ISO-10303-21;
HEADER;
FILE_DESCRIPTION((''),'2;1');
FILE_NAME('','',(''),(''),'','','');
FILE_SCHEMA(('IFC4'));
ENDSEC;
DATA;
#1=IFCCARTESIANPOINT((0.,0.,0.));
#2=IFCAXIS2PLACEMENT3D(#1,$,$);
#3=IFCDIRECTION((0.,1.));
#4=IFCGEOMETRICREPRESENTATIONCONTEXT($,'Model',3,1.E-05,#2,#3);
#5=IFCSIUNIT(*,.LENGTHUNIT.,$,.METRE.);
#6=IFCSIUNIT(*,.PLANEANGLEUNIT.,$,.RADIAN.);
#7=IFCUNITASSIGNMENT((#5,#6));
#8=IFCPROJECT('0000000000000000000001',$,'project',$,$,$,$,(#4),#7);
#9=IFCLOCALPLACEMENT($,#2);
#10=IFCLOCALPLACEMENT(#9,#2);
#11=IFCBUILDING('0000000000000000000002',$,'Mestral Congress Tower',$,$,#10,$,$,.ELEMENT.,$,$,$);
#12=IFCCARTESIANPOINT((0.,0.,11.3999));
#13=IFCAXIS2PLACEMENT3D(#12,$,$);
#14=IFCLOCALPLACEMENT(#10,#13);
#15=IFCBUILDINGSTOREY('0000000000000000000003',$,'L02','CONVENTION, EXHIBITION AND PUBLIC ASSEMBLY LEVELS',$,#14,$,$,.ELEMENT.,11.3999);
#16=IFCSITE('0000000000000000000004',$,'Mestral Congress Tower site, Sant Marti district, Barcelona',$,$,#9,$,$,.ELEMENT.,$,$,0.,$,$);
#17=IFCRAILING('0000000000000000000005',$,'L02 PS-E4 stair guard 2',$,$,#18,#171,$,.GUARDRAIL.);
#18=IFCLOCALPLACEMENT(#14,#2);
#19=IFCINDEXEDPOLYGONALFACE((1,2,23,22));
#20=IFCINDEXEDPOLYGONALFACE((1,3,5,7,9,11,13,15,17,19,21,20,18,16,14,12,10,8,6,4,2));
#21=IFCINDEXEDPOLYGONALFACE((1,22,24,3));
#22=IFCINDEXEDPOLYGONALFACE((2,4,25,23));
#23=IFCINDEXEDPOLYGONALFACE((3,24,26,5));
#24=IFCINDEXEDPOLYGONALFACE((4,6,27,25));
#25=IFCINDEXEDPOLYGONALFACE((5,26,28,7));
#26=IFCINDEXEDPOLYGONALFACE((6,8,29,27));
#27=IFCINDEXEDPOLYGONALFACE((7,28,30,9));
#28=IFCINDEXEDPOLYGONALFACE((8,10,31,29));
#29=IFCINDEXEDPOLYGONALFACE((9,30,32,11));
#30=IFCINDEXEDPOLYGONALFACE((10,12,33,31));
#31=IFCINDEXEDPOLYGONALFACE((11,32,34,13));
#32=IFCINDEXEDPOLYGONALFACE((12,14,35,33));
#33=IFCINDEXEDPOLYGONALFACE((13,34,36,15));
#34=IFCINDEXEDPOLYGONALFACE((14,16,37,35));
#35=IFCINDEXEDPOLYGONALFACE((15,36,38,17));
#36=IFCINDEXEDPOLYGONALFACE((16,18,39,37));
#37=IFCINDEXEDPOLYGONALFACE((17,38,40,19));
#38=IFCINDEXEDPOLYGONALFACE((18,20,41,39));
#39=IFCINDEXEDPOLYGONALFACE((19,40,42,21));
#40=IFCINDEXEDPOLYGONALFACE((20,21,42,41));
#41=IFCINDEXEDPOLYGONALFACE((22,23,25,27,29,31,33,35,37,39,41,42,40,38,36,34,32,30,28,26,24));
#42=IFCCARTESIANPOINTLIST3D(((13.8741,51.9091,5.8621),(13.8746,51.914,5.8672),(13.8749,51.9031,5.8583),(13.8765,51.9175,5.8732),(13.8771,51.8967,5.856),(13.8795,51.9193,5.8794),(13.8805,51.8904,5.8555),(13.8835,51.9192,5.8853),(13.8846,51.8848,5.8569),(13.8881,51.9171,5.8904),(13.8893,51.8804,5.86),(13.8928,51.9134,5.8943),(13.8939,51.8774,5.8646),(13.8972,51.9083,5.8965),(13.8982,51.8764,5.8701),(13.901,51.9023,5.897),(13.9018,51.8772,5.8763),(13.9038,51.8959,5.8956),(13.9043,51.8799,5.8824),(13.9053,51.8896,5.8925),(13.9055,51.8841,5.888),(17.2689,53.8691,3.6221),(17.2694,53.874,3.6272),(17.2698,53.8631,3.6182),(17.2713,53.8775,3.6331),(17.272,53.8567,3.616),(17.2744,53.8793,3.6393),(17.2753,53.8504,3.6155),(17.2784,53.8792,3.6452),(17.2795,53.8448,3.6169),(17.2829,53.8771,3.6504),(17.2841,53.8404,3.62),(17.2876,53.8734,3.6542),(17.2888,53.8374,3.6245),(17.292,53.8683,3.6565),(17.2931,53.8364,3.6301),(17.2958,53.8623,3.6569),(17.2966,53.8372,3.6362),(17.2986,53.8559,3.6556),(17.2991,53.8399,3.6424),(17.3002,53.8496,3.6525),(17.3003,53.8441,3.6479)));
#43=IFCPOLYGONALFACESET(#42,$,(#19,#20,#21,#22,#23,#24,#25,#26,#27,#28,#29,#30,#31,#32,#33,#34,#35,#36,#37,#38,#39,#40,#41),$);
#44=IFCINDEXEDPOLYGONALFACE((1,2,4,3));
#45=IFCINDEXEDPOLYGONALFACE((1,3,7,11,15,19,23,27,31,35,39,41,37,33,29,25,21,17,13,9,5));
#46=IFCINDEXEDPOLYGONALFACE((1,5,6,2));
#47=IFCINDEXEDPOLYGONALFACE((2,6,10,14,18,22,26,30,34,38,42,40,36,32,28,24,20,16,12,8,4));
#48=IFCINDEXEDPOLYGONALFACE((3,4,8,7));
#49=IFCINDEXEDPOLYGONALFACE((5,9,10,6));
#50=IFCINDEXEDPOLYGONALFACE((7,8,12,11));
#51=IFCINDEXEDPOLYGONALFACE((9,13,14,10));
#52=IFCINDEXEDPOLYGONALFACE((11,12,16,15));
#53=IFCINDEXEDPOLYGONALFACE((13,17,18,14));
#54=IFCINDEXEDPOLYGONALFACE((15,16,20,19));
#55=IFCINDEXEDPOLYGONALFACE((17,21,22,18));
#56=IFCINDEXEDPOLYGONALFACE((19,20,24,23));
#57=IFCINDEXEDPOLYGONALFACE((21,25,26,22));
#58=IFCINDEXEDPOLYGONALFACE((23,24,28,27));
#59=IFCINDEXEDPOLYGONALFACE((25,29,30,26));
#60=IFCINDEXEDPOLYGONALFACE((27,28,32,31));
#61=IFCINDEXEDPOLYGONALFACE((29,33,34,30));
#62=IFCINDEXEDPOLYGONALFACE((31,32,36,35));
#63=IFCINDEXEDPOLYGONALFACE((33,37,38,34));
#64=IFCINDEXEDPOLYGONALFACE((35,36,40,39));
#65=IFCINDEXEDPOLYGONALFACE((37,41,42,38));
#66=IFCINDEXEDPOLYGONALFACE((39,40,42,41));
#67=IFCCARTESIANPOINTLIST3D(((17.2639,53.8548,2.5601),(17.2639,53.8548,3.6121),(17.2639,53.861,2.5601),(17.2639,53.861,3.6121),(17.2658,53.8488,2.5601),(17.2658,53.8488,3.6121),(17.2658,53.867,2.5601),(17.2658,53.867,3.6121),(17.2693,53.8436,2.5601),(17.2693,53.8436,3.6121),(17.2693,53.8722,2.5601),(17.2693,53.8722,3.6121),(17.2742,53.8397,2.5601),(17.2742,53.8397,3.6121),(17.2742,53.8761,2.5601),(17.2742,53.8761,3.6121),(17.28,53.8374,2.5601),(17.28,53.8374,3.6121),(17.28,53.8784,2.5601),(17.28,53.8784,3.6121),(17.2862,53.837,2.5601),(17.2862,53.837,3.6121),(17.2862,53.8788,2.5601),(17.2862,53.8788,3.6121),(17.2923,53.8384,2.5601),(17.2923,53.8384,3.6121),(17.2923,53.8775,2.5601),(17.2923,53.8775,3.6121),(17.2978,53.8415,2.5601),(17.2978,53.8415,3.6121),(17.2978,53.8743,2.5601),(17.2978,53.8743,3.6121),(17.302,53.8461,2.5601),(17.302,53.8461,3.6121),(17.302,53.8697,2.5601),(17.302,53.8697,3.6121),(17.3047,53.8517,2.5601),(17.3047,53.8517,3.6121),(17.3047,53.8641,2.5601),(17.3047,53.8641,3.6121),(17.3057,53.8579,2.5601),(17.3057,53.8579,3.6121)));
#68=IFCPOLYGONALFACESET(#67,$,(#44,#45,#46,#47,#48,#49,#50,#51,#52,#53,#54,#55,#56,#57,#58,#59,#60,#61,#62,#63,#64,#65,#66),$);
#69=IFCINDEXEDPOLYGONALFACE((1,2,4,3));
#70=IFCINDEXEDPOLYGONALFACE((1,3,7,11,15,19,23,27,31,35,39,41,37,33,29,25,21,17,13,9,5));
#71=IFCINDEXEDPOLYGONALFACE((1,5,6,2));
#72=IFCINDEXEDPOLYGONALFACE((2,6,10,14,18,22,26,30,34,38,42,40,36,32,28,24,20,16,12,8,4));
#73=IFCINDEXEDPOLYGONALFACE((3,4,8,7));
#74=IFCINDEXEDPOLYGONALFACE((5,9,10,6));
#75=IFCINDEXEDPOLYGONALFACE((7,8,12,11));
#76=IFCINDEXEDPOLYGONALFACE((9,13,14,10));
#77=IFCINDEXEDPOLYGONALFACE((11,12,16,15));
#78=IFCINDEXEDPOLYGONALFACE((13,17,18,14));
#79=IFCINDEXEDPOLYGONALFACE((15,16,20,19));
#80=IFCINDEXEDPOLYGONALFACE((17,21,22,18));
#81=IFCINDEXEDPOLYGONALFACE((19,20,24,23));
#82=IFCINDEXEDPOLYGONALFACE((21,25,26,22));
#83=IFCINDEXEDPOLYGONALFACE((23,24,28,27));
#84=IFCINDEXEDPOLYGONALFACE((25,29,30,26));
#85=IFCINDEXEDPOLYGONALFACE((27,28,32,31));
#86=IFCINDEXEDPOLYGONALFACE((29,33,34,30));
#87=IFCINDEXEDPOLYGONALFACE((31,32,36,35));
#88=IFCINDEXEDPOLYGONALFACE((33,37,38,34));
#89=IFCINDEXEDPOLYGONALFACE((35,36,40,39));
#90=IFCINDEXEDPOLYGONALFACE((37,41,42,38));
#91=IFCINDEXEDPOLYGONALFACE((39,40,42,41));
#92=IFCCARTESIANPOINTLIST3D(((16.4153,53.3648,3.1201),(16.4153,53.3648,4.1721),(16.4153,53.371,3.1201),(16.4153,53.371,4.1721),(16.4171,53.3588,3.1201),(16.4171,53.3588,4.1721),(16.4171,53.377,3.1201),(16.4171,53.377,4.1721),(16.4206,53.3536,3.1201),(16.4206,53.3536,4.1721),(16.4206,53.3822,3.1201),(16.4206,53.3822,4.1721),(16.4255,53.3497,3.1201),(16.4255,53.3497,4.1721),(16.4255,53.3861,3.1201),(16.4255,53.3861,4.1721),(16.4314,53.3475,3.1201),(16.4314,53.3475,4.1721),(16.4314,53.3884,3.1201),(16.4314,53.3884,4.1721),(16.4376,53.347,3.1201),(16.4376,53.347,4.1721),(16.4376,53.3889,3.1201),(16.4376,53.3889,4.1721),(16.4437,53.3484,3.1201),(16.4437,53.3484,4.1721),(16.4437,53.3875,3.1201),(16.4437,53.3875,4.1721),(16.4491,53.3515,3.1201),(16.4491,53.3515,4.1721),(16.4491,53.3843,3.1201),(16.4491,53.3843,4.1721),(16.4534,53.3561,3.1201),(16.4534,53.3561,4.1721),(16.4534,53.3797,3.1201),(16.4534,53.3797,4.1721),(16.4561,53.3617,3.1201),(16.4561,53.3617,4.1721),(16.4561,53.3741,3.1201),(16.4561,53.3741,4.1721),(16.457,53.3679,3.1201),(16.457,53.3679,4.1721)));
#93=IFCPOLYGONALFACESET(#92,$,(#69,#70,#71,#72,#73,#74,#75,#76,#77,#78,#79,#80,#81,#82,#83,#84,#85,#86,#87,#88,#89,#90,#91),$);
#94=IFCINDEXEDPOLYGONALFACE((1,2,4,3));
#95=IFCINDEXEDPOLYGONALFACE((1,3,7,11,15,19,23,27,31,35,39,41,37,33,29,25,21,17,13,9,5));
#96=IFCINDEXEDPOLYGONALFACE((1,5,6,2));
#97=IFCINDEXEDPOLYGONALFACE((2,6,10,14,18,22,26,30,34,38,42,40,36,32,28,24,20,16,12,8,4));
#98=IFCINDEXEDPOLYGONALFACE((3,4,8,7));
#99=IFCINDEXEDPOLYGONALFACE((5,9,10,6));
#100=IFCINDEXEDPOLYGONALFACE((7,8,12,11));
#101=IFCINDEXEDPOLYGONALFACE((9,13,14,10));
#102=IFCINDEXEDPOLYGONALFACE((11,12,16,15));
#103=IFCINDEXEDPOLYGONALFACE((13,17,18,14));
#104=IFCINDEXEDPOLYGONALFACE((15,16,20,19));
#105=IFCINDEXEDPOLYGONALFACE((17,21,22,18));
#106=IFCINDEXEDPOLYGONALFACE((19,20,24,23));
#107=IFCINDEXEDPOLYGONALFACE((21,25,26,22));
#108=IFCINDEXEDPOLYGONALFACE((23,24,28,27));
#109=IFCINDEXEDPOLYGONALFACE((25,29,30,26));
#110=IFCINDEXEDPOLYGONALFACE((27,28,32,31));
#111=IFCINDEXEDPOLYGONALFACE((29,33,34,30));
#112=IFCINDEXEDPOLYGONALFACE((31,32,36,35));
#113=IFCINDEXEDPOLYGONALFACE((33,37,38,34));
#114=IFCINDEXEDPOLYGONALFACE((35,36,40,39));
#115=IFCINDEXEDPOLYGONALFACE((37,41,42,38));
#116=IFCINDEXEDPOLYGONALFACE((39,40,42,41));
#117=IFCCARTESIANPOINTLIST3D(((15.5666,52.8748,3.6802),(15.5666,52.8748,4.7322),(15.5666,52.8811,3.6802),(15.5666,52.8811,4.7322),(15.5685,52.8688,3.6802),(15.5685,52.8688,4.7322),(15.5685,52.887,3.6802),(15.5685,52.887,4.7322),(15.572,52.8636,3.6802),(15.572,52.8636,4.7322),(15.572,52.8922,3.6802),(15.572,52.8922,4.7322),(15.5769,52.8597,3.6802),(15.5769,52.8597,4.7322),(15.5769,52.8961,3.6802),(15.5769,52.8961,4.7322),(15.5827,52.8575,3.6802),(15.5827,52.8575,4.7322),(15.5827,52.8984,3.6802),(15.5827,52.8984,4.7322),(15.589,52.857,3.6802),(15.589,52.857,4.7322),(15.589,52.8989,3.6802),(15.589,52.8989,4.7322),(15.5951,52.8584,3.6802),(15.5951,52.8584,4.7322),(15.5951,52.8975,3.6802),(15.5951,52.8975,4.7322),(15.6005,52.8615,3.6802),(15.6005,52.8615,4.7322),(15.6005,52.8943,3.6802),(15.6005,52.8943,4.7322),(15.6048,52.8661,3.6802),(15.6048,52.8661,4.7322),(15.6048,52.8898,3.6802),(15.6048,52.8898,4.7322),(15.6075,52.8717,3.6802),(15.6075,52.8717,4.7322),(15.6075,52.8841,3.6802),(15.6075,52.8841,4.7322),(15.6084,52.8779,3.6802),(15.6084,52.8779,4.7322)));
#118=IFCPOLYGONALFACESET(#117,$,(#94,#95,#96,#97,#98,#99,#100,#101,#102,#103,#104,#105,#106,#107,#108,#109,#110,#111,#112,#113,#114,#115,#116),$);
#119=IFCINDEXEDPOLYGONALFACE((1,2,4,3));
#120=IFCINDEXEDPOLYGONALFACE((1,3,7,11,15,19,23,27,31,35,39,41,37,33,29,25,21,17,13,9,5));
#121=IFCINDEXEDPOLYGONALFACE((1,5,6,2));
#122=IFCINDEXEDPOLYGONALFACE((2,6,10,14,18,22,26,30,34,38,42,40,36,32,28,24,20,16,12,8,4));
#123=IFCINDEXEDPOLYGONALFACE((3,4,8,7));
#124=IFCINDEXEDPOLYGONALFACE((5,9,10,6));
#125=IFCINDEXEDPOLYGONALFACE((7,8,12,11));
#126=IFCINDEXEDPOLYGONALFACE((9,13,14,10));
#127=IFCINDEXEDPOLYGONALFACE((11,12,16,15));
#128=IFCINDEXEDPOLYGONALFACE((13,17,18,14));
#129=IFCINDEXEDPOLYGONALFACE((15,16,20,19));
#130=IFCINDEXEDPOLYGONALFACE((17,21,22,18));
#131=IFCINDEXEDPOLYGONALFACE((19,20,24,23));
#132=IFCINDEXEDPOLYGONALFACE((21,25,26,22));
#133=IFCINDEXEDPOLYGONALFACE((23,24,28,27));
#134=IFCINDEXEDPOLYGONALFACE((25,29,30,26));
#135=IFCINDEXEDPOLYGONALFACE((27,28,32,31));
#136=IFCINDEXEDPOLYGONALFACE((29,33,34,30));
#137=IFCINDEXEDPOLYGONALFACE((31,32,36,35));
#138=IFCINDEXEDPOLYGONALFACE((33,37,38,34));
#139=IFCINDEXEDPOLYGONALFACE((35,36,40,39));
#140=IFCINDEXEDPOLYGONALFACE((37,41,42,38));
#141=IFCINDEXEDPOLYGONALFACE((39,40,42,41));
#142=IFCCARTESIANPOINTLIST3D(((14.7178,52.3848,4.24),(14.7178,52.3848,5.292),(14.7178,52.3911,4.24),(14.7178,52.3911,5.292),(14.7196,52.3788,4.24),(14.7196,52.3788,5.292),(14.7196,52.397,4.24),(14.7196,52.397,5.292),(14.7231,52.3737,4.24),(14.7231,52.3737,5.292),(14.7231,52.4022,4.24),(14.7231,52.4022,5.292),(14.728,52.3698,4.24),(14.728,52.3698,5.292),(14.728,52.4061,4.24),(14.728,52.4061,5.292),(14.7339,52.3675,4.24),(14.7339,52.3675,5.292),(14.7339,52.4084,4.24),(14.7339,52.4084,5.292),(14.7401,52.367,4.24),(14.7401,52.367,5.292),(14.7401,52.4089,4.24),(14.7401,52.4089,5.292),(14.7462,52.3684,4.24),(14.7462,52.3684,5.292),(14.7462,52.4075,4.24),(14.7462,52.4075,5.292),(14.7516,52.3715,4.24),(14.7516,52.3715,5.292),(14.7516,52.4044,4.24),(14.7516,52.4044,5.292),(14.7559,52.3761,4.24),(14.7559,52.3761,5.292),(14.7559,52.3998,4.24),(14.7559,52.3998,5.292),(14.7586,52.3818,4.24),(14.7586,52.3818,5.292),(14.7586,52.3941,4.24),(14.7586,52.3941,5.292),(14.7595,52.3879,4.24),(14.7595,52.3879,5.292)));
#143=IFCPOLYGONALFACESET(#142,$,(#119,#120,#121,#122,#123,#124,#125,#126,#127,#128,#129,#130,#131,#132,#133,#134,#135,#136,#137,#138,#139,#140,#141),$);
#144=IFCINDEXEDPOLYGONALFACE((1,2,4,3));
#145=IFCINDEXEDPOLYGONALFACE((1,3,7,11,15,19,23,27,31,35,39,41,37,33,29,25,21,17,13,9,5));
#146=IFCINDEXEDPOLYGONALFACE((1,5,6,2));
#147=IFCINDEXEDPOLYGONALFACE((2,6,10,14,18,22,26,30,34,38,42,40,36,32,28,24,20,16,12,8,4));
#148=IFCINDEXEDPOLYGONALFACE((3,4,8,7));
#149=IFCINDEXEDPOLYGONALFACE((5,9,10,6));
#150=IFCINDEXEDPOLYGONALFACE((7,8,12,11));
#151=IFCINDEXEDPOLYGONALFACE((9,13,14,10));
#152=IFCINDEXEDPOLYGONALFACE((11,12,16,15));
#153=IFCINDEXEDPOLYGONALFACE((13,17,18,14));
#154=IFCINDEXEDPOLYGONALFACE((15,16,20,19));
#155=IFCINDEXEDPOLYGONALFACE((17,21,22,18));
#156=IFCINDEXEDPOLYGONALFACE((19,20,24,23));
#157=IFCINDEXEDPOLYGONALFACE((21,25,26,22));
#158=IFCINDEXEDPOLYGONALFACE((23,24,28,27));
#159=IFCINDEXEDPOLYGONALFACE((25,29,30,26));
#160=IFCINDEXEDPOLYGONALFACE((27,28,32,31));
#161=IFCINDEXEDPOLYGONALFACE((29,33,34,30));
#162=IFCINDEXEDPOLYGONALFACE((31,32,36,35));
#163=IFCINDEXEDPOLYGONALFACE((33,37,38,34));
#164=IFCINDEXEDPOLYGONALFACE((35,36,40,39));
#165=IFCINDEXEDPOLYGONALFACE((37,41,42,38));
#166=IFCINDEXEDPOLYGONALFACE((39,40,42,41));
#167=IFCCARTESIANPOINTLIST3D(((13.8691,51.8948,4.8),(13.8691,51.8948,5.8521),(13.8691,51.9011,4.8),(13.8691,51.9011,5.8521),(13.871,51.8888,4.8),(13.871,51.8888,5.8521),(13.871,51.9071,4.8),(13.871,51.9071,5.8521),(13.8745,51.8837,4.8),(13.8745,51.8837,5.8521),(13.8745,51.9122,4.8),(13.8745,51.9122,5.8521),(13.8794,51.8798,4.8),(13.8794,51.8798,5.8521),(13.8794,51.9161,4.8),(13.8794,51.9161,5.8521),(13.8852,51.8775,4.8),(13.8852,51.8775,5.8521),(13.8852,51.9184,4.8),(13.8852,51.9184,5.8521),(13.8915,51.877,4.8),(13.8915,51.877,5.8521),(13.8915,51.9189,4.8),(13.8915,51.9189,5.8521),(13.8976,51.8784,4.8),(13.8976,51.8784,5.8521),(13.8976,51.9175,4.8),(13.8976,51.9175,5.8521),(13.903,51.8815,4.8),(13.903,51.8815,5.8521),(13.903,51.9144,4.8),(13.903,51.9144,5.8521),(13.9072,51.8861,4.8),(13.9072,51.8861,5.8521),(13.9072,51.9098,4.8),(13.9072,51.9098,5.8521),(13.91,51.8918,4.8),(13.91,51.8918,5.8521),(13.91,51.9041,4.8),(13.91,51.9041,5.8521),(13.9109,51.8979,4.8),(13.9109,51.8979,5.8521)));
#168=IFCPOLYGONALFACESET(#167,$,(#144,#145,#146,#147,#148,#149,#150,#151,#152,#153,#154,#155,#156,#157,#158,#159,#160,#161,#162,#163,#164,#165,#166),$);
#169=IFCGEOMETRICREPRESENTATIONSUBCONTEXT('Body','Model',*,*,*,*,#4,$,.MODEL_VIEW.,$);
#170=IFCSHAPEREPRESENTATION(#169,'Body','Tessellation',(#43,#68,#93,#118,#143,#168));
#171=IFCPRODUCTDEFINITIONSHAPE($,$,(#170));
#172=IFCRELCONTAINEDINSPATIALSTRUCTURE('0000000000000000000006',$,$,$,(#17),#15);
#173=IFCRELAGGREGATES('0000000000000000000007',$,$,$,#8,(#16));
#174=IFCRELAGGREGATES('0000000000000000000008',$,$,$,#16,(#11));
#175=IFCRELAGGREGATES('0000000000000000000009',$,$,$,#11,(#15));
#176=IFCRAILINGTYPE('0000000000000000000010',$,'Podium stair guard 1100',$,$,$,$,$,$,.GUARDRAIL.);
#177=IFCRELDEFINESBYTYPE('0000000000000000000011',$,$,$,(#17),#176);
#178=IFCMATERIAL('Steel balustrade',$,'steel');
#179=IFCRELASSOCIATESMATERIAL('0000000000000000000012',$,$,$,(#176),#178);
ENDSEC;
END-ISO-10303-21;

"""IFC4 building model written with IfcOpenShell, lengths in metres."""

from ifc_helpers import new_model, si_unit, direction, frame, origin, origin_2d, place, context, subcontext, project, spatial, circle, extrude, material, type_object, element, save


model = new_model("IFC4")

# Units and contexts
model_context = context("Model", 3, precision=1e-05, world=origin(), true_north=direction((0.0, 1.0)))
body_context = subcontext(model_context, "Body", "Model", "MODEL_VIEW")
ifc_project = project(units=[si_unit("LENGTHUNIT", "METRE"), si_unit("PLANEANGLEUNIT", "RADIAN")], contexts=[model_context])

# Site, building, storey
site_placement = place(None, origin())
site = spatial("IfcSite", under=ifc_project, at=site_placement, Name="Mestral Congress Tower site, Sant Marti district, Barcelona", CompositionType="ELEMENT", RefElevation=0.0)
building_placement = place(site_placement, origin())
building = spatial("IfcBuilding", under=site, at=building_placement, Name="Mestral Congress Tower", CompositionType="ELEMENT")
storey_placement = place(building_placement, frame((0.0, 0.0, 11.3999)))
storey = spatial("IfcBuildingStorey", under=building, at=storey_placement, Name="L02", Description="CONVENTION, EXHIBITION AND PUBLIC ASSEMBLY LEVELS", CompositionType="ELEMENT", Elevation=11.3999)

# Railing
ifc_material_1 = material(Name="Steel balustrade", Category="steel")
railing_type_1 = type_object("IfcRailingType", Name="Podium stair guard 1100", PredefinedType="GUARDRAIL", material=ifc_material_1)
railing_1_placement = place(storey_placement, frame((17.2847, 53.8579, 2.5601)))
element("IfcRailing", 1, at=railing_1_placement, inside=storey, type_object=railing_type_1, Name="L02 PS-E4 stair guard 2", PredefinedType="GUARDRAIL", context=body_context, shape_type="SweptSolid", body=[
    extrude(circle(Radius=0.0239, at=origin_2d()), frame((0.0, 0.0, 1.0762), z_axis=(-0.75192, -0.434118, 0.496143), x_axis=(0.499997, -0.866027, 0.0)), (0.0, 0.0, 1.0), 4.5149),
    extrude(circle(Radius=0.021, at=origin_2d()), origin(), (0.0, 0.0, 1.0), 1.052),
    extrude(circle(Radius=0.021, at=origin_2d()), frame((-0.8486, -0.49, 0.5601)), (0.0, 0.0, 1.0), 1.052),
    extrude(circle(Radius=0.021, at=origin_2d()), frame((-1.6973, -0.98, 1.1201)), (0.0, 0.0, 1.0), 1.052),
    extrude(circle(Radius=0.021, at=origin_2d()), frame((-2.5461, -1.47, 1.6799)), (0.0, 0.0, 1.0), 1.052),
    extrude(circle(Radius=0.021, at=origin_2d()), frame((-3.3948, -1.96, 2.24)), (0.0, 0.0, 1.0), 1.052),
])

save(model, "model.ifc")
